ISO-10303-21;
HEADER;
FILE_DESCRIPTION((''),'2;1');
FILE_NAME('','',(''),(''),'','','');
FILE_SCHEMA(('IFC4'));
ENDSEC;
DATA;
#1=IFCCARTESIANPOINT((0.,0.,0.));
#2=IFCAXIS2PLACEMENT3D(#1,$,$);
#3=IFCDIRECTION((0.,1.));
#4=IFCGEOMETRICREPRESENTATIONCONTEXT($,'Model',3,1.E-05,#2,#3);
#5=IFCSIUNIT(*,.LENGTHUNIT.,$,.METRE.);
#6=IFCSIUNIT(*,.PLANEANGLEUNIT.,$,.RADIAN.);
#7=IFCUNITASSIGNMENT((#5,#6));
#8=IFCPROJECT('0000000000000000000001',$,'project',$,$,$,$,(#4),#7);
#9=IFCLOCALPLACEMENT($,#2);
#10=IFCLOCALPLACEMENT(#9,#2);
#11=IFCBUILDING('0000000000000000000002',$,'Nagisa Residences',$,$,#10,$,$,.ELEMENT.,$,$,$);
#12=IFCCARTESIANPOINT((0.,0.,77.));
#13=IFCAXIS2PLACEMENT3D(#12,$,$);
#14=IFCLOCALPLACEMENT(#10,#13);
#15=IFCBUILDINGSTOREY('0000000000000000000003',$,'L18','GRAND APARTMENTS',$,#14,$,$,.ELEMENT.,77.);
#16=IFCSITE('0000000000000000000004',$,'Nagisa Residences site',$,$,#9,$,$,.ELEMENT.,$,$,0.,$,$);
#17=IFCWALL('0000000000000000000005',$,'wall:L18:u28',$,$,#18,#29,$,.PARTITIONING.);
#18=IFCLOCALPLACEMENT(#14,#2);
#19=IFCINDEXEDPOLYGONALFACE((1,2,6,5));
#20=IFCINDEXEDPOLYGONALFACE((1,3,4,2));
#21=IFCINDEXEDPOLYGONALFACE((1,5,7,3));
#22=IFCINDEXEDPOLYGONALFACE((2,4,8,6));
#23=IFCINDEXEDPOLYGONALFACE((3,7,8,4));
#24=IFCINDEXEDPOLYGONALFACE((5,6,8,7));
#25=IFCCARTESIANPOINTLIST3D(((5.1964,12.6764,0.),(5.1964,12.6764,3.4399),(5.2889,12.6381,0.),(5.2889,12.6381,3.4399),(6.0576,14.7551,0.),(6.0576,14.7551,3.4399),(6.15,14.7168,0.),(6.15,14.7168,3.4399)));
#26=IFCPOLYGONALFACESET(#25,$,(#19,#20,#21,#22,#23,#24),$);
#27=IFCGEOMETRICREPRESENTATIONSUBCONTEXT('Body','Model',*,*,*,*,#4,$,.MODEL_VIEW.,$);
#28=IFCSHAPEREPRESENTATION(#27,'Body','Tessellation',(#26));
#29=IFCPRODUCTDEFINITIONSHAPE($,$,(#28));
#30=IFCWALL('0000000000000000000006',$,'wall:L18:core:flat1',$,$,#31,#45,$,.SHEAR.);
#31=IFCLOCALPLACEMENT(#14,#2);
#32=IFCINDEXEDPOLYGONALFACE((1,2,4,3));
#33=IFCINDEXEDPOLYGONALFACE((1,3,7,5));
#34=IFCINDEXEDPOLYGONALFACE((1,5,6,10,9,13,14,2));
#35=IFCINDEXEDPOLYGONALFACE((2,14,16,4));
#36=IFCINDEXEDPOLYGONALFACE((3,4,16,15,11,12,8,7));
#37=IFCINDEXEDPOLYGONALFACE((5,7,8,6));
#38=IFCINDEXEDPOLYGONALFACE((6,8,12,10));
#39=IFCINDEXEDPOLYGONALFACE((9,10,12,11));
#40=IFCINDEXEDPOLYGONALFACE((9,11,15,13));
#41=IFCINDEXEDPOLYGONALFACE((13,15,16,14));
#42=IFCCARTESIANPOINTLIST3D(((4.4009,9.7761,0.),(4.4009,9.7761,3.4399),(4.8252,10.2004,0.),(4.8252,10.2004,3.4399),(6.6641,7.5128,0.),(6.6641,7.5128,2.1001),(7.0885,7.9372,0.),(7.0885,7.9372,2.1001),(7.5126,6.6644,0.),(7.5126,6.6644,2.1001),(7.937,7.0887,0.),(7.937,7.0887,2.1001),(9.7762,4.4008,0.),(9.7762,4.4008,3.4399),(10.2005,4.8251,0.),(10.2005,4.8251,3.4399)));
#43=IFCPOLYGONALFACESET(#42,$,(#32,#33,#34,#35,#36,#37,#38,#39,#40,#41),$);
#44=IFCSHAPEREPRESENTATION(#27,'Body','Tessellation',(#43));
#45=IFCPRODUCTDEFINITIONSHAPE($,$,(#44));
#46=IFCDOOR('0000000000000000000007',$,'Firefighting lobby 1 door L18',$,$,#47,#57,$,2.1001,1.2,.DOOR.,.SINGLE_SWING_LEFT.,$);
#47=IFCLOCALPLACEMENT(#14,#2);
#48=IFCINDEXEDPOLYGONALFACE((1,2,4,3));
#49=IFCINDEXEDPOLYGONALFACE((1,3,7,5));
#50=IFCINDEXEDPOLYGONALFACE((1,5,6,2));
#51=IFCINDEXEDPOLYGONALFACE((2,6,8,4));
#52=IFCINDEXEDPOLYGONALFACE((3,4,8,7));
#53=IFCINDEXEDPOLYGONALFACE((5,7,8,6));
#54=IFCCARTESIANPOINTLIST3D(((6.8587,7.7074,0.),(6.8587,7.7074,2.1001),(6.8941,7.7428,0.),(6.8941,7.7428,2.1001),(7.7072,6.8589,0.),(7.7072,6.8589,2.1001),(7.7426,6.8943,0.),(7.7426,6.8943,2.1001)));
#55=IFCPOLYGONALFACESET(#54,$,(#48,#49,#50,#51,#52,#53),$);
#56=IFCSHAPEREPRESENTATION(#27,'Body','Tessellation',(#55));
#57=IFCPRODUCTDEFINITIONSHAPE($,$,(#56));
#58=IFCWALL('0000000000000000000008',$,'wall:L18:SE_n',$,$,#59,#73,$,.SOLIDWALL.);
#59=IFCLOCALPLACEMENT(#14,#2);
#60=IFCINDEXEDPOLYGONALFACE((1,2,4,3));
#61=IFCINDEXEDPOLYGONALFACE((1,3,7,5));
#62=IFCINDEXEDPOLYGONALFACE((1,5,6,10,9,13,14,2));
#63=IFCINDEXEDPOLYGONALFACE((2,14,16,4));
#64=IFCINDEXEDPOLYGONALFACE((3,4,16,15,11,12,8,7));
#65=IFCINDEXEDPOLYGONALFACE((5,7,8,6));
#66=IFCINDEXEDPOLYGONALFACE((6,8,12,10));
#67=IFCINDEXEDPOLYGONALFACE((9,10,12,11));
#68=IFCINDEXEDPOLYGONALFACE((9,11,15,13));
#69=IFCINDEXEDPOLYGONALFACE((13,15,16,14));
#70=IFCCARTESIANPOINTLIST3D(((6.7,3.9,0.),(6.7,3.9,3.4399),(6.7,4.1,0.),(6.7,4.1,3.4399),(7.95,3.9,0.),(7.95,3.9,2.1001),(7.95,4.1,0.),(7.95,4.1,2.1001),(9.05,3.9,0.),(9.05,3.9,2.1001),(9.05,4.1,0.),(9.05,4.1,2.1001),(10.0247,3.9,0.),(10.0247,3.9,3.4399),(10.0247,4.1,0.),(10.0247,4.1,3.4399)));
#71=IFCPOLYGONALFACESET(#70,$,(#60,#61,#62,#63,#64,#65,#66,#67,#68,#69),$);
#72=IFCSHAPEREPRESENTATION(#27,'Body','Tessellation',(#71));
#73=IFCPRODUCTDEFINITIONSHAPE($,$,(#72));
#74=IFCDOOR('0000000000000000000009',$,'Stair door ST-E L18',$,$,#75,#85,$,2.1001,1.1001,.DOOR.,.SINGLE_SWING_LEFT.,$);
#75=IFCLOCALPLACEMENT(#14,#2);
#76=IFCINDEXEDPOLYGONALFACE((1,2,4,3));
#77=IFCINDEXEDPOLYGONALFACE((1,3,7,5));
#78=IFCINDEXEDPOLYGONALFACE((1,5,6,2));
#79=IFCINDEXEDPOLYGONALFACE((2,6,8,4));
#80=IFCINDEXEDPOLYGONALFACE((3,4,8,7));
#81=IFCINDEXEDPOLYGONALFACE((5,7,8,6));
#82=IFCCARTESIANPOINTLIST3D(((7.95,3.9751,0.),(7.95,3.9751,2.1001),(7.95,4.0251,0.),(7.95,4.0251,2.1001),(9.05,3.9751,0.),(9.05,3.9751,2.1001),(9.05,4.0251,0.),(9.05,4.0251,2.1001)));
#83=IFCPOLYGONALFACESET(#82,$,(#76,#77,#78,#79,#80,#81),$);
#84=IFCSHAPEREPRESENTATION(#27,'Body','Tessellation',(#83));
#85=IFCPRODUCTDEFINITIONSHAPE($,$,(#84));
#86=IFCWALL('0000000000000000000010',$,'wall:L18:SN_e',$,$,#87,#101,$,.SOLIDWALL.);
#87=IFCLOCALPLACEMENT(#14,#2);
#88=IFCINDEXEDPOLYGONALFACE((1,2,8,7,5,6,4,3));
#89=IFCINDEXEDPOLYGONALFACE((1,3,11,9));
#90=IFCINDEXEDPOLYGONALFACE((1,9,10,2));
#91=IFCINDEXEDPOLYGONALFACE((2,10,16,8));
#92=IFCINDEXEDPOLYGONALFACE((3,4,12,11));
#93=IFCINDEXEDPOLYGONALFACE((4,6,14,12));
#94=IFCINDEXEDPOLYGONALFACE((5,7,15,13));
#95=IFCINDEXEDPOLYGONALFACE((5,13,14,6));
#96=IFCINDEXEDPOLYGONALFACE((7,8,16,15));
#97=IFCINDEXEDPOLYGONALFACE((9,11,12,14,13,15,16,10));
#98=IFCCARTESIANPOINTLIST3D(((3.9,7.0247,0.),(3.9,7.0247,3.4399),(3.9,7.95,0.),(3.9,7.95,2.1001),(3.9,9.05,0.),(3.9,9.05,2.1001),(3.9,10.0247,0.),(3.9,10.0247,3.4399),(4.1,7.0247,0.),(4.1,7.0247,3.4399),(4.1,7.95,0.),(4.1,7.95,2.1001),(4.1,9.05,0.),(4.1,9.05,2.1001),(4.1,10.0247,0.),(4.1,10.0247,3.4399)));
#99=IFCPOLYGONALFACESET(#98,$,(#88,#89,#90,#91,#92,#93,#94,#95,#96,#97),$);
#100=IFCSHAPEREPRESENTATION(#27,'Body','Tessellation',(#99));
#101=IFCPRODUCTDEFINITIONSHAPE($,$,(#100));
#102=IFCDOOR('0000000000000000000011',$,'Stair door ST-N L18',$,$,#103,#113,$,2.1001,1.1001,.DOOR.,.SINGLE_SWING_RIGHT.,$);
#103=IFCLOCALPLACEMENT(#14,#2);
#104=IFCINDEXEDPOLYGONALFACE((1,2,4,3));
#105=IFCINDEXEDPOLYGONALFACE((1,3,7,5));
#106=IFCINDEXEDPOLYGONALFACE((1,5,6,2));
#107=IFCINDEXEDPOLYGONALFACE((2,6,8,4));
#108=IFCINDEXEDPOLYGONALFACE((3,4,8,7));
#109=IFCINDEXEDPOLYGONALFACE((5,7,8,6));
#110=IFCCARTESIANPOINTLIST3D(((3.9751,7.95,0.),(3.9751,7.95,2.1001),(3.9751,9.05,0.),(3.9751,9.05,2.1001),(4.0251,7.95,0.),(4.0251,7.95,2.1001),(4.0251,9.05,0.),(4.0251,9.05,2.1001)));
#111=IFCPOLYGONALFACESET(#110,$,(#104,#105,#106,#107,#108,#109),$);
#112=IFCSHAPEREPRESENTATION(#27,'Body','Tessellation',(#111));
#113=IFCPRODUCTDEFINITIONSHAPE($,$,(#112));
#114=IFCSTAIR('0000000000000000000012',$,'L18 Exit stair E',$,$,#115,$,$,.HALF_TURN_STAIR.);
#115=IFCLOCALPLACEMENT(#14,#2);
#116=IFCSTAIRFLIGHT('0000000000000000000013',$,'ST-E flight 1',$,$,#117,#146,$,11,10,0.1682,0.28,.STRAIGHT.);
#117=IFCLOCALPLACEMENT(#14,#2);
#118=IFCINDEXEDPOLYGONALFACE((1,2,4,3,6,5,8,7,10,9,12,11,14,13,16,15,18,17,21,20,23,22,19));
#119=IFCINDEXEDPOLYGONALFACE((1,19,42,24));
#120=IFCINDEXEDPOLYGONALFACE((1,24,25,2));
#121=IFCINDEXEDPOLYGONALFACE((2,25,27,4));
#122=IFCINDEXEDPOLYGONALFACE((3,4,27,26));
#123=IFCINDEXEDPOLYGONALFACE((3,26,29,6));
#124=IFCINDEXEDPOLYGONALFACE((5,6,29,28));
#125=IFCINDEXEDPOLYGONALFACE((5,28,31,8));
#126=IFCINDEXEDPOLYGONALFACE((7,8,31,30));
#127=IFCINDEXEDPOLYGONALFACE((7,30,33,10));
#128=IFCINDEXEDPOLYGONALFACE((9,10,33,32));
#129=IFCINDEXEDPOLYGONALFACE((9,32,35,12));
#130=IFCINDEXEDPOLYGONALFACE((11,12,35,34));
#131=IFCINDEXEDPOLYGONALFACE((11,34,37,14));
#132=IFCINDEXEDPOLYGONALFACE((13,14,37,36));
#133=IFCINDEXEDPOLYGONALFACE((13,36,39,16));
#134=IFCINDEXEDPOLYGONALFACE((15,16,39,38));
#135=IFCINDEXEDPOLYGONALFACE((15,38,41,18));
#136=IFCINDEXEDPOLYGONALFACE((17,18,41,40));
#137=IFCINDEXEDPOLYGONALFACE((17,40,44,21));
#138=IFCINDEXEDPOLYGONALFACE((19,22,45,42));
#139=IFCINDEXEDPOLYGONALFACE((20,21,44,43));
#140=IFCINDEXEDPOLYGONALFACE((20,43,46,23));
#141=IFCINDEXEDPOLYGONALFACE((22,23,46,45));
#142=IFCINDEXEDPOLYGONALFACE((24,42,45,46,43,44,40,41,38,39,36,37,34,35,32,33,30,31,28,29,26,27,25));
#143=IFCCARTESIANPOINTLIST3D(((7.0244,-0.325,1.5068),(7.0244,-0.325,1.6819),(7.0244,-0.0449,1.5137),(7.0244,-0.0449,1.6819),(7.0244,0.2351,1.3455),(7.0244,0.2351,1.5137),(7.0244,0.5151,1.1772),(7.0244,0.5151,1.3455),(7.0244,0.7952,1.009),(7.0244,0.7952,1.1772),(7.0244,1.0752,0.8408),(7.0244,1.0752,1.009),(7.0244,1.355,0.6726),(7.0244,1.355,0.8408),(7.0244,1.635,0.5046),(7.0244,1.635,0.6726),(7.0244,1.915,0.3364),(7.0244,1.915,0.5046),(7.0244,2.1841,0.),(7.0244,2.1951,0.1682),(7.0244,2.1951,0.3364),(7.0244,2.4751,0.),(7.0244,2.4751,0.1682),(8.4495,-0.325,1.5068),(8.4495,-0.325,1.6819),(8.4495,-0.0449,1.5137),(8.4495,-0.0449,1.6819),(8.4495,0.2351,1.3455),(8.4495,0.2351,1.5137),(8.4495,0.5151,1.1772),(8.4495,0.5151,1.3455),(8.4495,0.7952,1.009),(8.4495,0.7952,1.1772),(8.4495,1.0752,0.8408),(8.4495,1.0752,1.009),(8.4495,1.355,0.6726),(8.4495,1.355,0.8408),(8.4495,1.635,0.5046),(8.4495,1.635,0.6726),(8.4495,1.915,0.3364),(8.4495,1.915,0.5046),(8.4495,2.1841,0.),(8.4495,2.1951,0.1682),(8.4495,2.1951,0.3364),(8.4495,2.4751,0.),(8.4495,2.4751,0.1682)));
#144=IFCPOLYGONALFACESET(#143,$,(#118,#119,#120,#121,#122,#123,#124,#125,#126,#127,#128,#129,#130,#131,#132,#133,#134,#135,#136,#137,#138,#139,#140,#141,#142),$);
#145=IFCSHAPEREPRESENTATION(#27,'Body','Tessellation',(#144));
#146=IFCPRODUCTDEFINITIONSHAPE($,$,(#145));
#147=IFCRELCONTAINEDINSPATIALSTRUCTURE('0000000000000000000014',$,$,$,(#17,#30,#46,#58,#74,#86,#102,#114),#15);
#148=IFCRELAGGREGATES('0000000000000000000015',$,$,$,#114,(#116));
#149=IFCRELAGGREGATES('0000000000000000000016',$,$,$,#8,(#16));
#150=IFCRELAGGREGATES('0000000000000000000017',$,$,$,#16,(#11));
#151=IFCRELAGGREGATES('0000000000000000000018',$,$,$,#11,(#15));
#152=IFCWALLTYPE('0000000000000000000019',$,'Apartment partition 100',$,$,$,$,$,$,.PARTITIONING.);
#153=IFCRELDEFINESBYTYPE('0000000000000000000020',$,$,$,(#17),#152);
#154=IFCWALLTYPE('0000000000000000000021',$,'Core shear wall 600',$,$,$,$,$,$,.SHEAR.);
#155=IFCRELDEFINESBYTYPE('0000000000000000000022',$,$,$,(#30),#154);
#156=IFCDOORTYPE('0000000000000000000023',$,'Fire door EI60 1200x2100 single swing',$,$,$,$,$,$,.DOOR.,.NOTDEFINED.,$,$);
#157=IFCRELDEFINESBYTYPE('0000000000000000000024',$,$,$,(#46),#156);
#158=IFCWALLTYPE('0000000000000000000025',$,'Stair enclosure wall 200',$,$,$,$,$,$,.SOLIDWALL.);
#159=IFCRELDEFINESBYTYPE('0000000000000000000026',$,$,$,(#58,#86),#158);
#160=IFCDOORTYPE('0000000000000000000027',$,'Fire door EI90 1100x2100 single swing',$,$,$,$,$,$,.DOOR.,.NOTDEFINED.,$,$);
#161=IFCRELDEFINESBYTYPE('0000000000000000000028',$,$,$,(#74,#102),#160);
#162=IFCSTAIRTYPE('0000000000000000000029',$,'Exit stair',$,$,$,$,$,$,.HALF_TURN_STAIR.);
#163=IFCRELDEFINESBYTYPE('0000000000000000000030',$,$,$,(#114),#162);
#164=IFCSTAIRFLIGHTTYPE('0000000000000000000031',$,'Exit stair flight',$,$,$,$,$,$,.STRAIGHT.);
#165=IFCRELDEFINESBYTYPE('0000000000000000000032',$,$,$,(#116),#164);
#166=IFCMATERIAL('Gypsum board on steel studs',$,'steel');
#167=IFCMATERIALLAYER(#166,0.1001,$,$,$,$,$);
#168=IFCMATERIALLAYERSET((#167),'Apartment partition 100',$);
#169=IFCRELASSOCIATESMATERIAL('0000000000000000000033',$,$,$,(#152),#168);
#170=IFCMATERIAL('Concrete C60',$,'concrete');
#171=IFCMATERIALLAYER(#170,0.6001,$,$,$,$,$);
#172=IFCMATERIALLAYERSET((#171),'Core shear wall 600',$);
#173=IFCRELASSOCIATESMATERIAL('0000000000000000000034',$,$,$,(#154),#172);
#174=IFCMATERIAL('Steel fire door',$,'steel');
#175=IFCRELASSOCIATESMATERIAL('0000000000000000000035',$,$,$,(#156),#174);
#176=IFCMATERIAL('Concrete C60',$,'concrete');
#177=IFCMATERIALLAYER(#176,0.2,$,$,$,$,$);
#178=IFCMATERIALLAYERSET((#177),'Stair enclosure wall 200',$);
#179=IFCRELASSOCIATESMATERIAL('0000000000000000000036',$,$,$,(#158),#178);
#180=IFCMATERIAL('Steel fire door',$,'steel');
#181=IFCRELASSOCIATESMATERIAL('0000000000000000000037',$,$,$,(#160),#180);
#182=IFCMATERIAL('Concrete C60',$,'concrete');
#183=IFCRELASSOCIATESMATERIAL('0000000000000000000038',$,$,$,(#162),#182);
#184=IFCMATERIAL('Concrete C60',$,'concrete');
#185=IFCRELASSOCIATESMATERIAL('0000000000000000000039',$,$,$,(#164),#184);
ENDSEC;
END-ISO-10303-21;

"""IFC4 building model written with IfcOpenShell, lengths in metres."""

from ifc_helpers import new_model, si_unit, direction, frame, frame_2d, origin, place, context, subcontext, project, spatial, polyline, rectangle, outline, extrude, material, layer, layer_set, type_object, element, fill, aggregate, save


model = new_model("IFC4")

# Units and contexts
model_context = context("Model", 3, precision=1e-05, world=origin(), true_north=direction((0.0, 1.0)))
body_context = subcontext(model_context, "Body", "Model", "MODEL_VIEW")
ifc_project = project(units=[si_unit("LENGTHUNIT", "METRE"), si_unit("PLANEANGLEUNIT", "RADIAN")], contexts=[model_context])

# Site, building, storey
site_placement = place(None, origin())
site = spatial("IfcSite", under=ifc_project, at=site_placement, Name="Nagisa Residences site", CompositionType="ELEMENT", RefElevation=0.0)
building_placement = place(site_placement, origin())
building = spatial("IfcBuilding", under=site, at=building_placement, Name="Nagisa Residences", CompositionType="ELEMENT")
storey_placement = place(building_placement, frame((0.0, 0.0, 77.0)))
storey = spatial("IfcBuildingStorey", under=building, at=storey_placement, Name="L18", Description="GRAND APARTMENTS", CompositionType="ELEMENT", Elevation=77.0)

# Shared definitions
ifc_material_1 = material(Name="Gypsum board on steel studs", Category="steel")
ifc_layer_1 = layer(ifc_material_1, 0.1001)
ifc_layer_set_1 = layer_set([ifc_layer_1], Name="Apartment partition 100")
wall_type_1 = type_object("IfcWallType", Name="Apartment partition 100", PredefinedType="PARTITIONING", material=ifc_layer_set_1)

# Wall
wall_1_placement = place(storey_placement, frame((5.2427, 12.6572, 0.0), z_axis=(0.0, 0.0, 1.0), x_axis=(0.382719, 0.923865, 0.0)))
element("IfcWall", 1, at=wall_1_placement, inside=storey, type_object=wall_type_1, Name="wall:L18:u28", PredefinedType="PARTITIONING", context=body_context, shape_type="SweptSolid", body=[
    extrude(rectangle(XDim=2.25, YDim=0.1001, at=frame_2d((1.125, 0.0))), origin(), (0.0, 0.0, 1.0), 3.4399),
])

# Walls, openings, doors
ifc_material_2 = material(Name="Concrete C60", Category="concrete")
ifc_layer_2 = layer(ifc_material_2, 0.6001)
ifc_layer_set_2 = layer_set([ifc_layer_2], Name="Core shear wall 600")
wall_type_2 = type_object("IfcWallType", Name="Core shear wall 600", PredefinedType="SHEAR", material=ifc_layer_set_2)
wall_2_placement = place(storey_placement, frame((9.9883, 4.613, 0.0), z_axis=(0.0, 0.0, 1.0), x_axis=(-0.707107, 0.707107, 0.0)))
wall_2 = element("IfcWall", 2, at=wall_2_placement, inside=storey, type_object=wall_type_2, Name="wall:L18:core:flat1", PredefinedType="SHEAR", context=body_context, shape_type="SweptSolid", body=[
    extrude(rectangle(XDim=7.6018, YDim=0.6001, at=frame_2d((3.8008, 0.0))), origin(), (0.0, 0.0, 1.0), 3.4399),
])
opening_1_placement = place(wall_2_placement, frame((3.2009, 0.0, 0.0)))
opening_1 = element("IfcOpeningElement", 3, at=opening_1_placement, cuts=wall_2, PredefinedType="OPENING", context=body_context, shape_type="SweptSolid", body=[
    extrude(rectangle(XDim=1.2, YDim=2.1001, at=frame_2d((0.6001, 1.05))), frame((0.0, 0.3101, 0.0), z_axis=(0.0, -1.0, 0.0), x_axis=(1.0, 0.0, 0.0)), (0.0, 0.0, 1.0), 0.6201),
])
ifc_material_3 = material(Name="Steel fire door", Category="steel")
door_type_1 = type_object("IfcDoorType", Name="Fire door EI60 1200x2100 single swing", OperationType="NOTDEFINED", PredefinedType="DOOR", material=ifc_material_3)
door_1_placement = place(opening_1_placement, origin())
door_1 = element("IfcDoor", 4, at=door_1_placement, inside=storey, type_object=door_type_1, Name="Firefighting lobby 1 door L18", OperationType="SINGLE_SWING_LEFT", OverallHeight=2.1001, OverallWidth=1.2, PredefinedType="DOOR", context=body_context, shape_type="SweptSolid", body=[
    extrude(rectangle(XDim=1.2, YDim=2.1001, at=frame_2d((0.6001, 1.05))), frame((0.0, 0.0249, 0.0), z_axis=(0.0, -1.0, 0.0), x_axis=(1.0, 0.0, 0.0)), (0.0, 0.0, 1.0), 0.05),
])
fill(opening_1, door_1)
ifc_material_4 = material(Name="Concrete C60", Category="concrete")
ifc_layer_3 = layer(ifc_material_4, 0.2)
ifc_layer_set_3 = layer_set([ifc_layer_3], Name="Stair enclosure wall 200")
wall_type_3 = type_object("IfcWallType", Name="Stair enclosure wall 200", PredefinedType="SOLIDWALL", material=ifc_layer_set_3)
wall_3_placement = place(storey_placement, frame((6.7, 4.0, 0.0), z_axis=(0.0, 0.0, 1.0), x_axis=(1.0, 0.0, 0.0)))
wall_3 = element("IfcWall", 5, at=wall_3_placement, inside=storey, type_object=wall_type_3, Name="wall:L18:SE_n", PredefinedType="SOLIDWALL", context=body_context, shape_type="SweptSolid", body=[
    extrude(rectangle(XDim=3.3247, YDim=0.2, at=frame_2d((1.6624, 0.0))), origin(), (0.0, 0.0, 1.0), 3.4399),
])
opening_2_placement = place(wall_3_placement, frame((1.25, 0.0, 0.0)))
opening_2 = element("IfcOpeningElement", 6, at=opening_2_placement, cuts=wall_3, PredefinedType="OPENING", context=body_context, shape_type="SweptSolid", body=[
    extrude(rectangle(XDim=1.1001, YDim=2.1001, at=frame_2d((0.55, 1.05))), frame((0.0, 0.1099, 0.0), z_axis=(0.0, -1.0, 0.0), x_axis=(1.0, 0.0, 0.0)), (0.0, 0.0, 1.0), 0.22),
])
ifc_material_5 = material(Name="Steel fire door", Category="steel")
door_type_2 = type_object("IfcDoorType", Name="Fire door EI90 1100x2100 single swing", OperationType="NOTDEFINED", PredefinedType="DOOR", material=ifc_material_5)
door_2_placement = place(opening_2_placement, frame((1.1001, 0.0, 0.0), x_axis=(-1.0, 0.0, 0.0)))
door_2 = element("IfcDoor", 7, at=door_2_placement, inside=storey, type_object=door_type_2, Name="Stair door ST-E L18", OperationType="SINGLE_SWING_LEFT", OverallHeight=2.1001, OverallWidth=1.1001, PredefinedType="DOOR", context=body_context, shape_type="SweptSolid", body=[
    extrude(rectangle(XDim=1.1001, YDim=2.1001, at=frame_2d((0.55, 1.05))), frame((0.0, 0.0249, 0.0), z_axis=(0.0, -1.0, 0.0), x_axis=(1.0, 0.0, 0.0)), (0.0, 0.0, 1.0), 0.05),
])
fill(opening_2, door_2)
wall_4_placement = place(storey_placement, frame((4.0, 7.0247, 0.0), z_axis=(0.0, 0.0, 1.0), x_axis=(0.0, 1.0, 0.0)))
wall_4 = element("IfcWall", 8, at=wall_4_placement, inside=storey, type_object=wall_type_3, Name="wall:L18:SN_e", PredefinedType="SOLIDWALL", context=body_context, shape_type="SweptSolid", body=[
    extrude(rectangle(XDim=3.0, YDim=0.2, at=frame_2d((1.5, 0.0))), origin(), (0.0, 0.0, 1.0), 3.4399),
])
opening_3_placement = place(wall_4_placement, frame((0.9253, 0.0, 0.0)))
opening_3 = element("IfcOpeningElement", 9, at=opening_3_placement, cuts=wall_4, PredefinedType="OPENING", context=body_context, shape_type="SweptSolid", body=[
    extrude(rectangle(XDim=1.1001, YDim=2.1001, at=frame_2d((0.55, 1.05))), frame((0.0, 0.1099, 0.0), z_axis=(0.0, -1.0, 0.0), x_axis=(1.0, 0.0, 0.0)), (0.0, 0.0, 1.0), 0.22),
])
door_3_placement = place(opening_3_placement, origin())
door_3 = element("IfcDoor", 10, at=door_3_placement, inside=storey, type_object=door_type_2, Name="Stair door ST-N L18", OperationType="SINGLE_SWING_RIGHT", OverallHeight=2.1001, OverallWidth=1.1001, PredefinedType="DOOR", context=body_context, shape_type="SweptSolid", body=[
    extrude(rectangle(XDim=1.1001, YDim=2.1001, at=frame_2d((0.55, 1.05))), frame((0.0, 0.0249, 0.0), z_axis=(0.0, -1.0, 0.0), x_axis=(1.0, 0.0, 0.0)), (0.0, 0.0, 1.0), 0.05),
])
fill(opening_3, door_3)

# Stair, stair flight
ifc_material_6 = material(Name="Concrete C60", Category="concrete")
stair_type = type_object("IfcStairType", Name="Exit stair", PredefinedType="HALF_TURN_STAIR", material=ifc_material_6)
stair_placement = place(storey_placement, origin())
stair = element("IfcStair", 11, at=stair_placement, inside=storey, type_object=stair_type, Name="L18 Exit stair E", PredefinedType="HALF_TURN_STAIR")
ifc_material_7 = material(Name="Concrete C60", Category="concrete")
stair_flight_type = type_object("IfcStairFlightType", Name="Exit stair flight", PredefinedType="STRAIGHT", material=ifc_material_7)
stair_flight_placement = place(storey_placement, frame((7.7371, 2.4751, 0.0), z_axis=(0.0, 0.0, 1.0), x_axis=(0.0, -1.0, 0.0)))
stair_flight = element("IfcStairFlight", 12, at=stair_flight_placement, type_object=stair_flight_type, Name="ST-E flight 1", NumberOfRisers=11, NumberOfTreads=10, PredefinedType="STRAIGHT", RiserHeight=0.1682, TreadLength=0.28, context=body_context, shape_type="SweptSolid", body=[
    extrude(outline(polyline([(0.0, 0.0), (0.0, 0.1682), (0.28, 0.1682), (0.28, 0.3364), (0.5601, 0.3364), (0.5601, 0.5046), (0.8401, 0.5046), (0.8401, 0.6726), (1.1201, 0.6726), (1.1201, 0.8408), (1.3999, 0.8408), (1.3999, 1.009), (1.6799, 1.009), (1.6799, 1.1772), (1.96, 1.1772), (1.96, 1.3455), (2.24, 1.3455), (2.24, 1.5137), (2.52, 1.5137), (2.52, 1.6819), (2.8, 1.6819), (2.8, 1.8501), (2.8, 1.5068), (0.291, 0.0), (0.0, 0.0)])), frame((0.0, 0.7124, 0.0), z_axis=(0.0, -1.0, 0.0), x_axis=(1.0, 0.0, 0.0)), (0.0, 0.0, 1.0), 1.425),
])
aggregate(stair, [stair_flight])

save(model, "model.ifc")
